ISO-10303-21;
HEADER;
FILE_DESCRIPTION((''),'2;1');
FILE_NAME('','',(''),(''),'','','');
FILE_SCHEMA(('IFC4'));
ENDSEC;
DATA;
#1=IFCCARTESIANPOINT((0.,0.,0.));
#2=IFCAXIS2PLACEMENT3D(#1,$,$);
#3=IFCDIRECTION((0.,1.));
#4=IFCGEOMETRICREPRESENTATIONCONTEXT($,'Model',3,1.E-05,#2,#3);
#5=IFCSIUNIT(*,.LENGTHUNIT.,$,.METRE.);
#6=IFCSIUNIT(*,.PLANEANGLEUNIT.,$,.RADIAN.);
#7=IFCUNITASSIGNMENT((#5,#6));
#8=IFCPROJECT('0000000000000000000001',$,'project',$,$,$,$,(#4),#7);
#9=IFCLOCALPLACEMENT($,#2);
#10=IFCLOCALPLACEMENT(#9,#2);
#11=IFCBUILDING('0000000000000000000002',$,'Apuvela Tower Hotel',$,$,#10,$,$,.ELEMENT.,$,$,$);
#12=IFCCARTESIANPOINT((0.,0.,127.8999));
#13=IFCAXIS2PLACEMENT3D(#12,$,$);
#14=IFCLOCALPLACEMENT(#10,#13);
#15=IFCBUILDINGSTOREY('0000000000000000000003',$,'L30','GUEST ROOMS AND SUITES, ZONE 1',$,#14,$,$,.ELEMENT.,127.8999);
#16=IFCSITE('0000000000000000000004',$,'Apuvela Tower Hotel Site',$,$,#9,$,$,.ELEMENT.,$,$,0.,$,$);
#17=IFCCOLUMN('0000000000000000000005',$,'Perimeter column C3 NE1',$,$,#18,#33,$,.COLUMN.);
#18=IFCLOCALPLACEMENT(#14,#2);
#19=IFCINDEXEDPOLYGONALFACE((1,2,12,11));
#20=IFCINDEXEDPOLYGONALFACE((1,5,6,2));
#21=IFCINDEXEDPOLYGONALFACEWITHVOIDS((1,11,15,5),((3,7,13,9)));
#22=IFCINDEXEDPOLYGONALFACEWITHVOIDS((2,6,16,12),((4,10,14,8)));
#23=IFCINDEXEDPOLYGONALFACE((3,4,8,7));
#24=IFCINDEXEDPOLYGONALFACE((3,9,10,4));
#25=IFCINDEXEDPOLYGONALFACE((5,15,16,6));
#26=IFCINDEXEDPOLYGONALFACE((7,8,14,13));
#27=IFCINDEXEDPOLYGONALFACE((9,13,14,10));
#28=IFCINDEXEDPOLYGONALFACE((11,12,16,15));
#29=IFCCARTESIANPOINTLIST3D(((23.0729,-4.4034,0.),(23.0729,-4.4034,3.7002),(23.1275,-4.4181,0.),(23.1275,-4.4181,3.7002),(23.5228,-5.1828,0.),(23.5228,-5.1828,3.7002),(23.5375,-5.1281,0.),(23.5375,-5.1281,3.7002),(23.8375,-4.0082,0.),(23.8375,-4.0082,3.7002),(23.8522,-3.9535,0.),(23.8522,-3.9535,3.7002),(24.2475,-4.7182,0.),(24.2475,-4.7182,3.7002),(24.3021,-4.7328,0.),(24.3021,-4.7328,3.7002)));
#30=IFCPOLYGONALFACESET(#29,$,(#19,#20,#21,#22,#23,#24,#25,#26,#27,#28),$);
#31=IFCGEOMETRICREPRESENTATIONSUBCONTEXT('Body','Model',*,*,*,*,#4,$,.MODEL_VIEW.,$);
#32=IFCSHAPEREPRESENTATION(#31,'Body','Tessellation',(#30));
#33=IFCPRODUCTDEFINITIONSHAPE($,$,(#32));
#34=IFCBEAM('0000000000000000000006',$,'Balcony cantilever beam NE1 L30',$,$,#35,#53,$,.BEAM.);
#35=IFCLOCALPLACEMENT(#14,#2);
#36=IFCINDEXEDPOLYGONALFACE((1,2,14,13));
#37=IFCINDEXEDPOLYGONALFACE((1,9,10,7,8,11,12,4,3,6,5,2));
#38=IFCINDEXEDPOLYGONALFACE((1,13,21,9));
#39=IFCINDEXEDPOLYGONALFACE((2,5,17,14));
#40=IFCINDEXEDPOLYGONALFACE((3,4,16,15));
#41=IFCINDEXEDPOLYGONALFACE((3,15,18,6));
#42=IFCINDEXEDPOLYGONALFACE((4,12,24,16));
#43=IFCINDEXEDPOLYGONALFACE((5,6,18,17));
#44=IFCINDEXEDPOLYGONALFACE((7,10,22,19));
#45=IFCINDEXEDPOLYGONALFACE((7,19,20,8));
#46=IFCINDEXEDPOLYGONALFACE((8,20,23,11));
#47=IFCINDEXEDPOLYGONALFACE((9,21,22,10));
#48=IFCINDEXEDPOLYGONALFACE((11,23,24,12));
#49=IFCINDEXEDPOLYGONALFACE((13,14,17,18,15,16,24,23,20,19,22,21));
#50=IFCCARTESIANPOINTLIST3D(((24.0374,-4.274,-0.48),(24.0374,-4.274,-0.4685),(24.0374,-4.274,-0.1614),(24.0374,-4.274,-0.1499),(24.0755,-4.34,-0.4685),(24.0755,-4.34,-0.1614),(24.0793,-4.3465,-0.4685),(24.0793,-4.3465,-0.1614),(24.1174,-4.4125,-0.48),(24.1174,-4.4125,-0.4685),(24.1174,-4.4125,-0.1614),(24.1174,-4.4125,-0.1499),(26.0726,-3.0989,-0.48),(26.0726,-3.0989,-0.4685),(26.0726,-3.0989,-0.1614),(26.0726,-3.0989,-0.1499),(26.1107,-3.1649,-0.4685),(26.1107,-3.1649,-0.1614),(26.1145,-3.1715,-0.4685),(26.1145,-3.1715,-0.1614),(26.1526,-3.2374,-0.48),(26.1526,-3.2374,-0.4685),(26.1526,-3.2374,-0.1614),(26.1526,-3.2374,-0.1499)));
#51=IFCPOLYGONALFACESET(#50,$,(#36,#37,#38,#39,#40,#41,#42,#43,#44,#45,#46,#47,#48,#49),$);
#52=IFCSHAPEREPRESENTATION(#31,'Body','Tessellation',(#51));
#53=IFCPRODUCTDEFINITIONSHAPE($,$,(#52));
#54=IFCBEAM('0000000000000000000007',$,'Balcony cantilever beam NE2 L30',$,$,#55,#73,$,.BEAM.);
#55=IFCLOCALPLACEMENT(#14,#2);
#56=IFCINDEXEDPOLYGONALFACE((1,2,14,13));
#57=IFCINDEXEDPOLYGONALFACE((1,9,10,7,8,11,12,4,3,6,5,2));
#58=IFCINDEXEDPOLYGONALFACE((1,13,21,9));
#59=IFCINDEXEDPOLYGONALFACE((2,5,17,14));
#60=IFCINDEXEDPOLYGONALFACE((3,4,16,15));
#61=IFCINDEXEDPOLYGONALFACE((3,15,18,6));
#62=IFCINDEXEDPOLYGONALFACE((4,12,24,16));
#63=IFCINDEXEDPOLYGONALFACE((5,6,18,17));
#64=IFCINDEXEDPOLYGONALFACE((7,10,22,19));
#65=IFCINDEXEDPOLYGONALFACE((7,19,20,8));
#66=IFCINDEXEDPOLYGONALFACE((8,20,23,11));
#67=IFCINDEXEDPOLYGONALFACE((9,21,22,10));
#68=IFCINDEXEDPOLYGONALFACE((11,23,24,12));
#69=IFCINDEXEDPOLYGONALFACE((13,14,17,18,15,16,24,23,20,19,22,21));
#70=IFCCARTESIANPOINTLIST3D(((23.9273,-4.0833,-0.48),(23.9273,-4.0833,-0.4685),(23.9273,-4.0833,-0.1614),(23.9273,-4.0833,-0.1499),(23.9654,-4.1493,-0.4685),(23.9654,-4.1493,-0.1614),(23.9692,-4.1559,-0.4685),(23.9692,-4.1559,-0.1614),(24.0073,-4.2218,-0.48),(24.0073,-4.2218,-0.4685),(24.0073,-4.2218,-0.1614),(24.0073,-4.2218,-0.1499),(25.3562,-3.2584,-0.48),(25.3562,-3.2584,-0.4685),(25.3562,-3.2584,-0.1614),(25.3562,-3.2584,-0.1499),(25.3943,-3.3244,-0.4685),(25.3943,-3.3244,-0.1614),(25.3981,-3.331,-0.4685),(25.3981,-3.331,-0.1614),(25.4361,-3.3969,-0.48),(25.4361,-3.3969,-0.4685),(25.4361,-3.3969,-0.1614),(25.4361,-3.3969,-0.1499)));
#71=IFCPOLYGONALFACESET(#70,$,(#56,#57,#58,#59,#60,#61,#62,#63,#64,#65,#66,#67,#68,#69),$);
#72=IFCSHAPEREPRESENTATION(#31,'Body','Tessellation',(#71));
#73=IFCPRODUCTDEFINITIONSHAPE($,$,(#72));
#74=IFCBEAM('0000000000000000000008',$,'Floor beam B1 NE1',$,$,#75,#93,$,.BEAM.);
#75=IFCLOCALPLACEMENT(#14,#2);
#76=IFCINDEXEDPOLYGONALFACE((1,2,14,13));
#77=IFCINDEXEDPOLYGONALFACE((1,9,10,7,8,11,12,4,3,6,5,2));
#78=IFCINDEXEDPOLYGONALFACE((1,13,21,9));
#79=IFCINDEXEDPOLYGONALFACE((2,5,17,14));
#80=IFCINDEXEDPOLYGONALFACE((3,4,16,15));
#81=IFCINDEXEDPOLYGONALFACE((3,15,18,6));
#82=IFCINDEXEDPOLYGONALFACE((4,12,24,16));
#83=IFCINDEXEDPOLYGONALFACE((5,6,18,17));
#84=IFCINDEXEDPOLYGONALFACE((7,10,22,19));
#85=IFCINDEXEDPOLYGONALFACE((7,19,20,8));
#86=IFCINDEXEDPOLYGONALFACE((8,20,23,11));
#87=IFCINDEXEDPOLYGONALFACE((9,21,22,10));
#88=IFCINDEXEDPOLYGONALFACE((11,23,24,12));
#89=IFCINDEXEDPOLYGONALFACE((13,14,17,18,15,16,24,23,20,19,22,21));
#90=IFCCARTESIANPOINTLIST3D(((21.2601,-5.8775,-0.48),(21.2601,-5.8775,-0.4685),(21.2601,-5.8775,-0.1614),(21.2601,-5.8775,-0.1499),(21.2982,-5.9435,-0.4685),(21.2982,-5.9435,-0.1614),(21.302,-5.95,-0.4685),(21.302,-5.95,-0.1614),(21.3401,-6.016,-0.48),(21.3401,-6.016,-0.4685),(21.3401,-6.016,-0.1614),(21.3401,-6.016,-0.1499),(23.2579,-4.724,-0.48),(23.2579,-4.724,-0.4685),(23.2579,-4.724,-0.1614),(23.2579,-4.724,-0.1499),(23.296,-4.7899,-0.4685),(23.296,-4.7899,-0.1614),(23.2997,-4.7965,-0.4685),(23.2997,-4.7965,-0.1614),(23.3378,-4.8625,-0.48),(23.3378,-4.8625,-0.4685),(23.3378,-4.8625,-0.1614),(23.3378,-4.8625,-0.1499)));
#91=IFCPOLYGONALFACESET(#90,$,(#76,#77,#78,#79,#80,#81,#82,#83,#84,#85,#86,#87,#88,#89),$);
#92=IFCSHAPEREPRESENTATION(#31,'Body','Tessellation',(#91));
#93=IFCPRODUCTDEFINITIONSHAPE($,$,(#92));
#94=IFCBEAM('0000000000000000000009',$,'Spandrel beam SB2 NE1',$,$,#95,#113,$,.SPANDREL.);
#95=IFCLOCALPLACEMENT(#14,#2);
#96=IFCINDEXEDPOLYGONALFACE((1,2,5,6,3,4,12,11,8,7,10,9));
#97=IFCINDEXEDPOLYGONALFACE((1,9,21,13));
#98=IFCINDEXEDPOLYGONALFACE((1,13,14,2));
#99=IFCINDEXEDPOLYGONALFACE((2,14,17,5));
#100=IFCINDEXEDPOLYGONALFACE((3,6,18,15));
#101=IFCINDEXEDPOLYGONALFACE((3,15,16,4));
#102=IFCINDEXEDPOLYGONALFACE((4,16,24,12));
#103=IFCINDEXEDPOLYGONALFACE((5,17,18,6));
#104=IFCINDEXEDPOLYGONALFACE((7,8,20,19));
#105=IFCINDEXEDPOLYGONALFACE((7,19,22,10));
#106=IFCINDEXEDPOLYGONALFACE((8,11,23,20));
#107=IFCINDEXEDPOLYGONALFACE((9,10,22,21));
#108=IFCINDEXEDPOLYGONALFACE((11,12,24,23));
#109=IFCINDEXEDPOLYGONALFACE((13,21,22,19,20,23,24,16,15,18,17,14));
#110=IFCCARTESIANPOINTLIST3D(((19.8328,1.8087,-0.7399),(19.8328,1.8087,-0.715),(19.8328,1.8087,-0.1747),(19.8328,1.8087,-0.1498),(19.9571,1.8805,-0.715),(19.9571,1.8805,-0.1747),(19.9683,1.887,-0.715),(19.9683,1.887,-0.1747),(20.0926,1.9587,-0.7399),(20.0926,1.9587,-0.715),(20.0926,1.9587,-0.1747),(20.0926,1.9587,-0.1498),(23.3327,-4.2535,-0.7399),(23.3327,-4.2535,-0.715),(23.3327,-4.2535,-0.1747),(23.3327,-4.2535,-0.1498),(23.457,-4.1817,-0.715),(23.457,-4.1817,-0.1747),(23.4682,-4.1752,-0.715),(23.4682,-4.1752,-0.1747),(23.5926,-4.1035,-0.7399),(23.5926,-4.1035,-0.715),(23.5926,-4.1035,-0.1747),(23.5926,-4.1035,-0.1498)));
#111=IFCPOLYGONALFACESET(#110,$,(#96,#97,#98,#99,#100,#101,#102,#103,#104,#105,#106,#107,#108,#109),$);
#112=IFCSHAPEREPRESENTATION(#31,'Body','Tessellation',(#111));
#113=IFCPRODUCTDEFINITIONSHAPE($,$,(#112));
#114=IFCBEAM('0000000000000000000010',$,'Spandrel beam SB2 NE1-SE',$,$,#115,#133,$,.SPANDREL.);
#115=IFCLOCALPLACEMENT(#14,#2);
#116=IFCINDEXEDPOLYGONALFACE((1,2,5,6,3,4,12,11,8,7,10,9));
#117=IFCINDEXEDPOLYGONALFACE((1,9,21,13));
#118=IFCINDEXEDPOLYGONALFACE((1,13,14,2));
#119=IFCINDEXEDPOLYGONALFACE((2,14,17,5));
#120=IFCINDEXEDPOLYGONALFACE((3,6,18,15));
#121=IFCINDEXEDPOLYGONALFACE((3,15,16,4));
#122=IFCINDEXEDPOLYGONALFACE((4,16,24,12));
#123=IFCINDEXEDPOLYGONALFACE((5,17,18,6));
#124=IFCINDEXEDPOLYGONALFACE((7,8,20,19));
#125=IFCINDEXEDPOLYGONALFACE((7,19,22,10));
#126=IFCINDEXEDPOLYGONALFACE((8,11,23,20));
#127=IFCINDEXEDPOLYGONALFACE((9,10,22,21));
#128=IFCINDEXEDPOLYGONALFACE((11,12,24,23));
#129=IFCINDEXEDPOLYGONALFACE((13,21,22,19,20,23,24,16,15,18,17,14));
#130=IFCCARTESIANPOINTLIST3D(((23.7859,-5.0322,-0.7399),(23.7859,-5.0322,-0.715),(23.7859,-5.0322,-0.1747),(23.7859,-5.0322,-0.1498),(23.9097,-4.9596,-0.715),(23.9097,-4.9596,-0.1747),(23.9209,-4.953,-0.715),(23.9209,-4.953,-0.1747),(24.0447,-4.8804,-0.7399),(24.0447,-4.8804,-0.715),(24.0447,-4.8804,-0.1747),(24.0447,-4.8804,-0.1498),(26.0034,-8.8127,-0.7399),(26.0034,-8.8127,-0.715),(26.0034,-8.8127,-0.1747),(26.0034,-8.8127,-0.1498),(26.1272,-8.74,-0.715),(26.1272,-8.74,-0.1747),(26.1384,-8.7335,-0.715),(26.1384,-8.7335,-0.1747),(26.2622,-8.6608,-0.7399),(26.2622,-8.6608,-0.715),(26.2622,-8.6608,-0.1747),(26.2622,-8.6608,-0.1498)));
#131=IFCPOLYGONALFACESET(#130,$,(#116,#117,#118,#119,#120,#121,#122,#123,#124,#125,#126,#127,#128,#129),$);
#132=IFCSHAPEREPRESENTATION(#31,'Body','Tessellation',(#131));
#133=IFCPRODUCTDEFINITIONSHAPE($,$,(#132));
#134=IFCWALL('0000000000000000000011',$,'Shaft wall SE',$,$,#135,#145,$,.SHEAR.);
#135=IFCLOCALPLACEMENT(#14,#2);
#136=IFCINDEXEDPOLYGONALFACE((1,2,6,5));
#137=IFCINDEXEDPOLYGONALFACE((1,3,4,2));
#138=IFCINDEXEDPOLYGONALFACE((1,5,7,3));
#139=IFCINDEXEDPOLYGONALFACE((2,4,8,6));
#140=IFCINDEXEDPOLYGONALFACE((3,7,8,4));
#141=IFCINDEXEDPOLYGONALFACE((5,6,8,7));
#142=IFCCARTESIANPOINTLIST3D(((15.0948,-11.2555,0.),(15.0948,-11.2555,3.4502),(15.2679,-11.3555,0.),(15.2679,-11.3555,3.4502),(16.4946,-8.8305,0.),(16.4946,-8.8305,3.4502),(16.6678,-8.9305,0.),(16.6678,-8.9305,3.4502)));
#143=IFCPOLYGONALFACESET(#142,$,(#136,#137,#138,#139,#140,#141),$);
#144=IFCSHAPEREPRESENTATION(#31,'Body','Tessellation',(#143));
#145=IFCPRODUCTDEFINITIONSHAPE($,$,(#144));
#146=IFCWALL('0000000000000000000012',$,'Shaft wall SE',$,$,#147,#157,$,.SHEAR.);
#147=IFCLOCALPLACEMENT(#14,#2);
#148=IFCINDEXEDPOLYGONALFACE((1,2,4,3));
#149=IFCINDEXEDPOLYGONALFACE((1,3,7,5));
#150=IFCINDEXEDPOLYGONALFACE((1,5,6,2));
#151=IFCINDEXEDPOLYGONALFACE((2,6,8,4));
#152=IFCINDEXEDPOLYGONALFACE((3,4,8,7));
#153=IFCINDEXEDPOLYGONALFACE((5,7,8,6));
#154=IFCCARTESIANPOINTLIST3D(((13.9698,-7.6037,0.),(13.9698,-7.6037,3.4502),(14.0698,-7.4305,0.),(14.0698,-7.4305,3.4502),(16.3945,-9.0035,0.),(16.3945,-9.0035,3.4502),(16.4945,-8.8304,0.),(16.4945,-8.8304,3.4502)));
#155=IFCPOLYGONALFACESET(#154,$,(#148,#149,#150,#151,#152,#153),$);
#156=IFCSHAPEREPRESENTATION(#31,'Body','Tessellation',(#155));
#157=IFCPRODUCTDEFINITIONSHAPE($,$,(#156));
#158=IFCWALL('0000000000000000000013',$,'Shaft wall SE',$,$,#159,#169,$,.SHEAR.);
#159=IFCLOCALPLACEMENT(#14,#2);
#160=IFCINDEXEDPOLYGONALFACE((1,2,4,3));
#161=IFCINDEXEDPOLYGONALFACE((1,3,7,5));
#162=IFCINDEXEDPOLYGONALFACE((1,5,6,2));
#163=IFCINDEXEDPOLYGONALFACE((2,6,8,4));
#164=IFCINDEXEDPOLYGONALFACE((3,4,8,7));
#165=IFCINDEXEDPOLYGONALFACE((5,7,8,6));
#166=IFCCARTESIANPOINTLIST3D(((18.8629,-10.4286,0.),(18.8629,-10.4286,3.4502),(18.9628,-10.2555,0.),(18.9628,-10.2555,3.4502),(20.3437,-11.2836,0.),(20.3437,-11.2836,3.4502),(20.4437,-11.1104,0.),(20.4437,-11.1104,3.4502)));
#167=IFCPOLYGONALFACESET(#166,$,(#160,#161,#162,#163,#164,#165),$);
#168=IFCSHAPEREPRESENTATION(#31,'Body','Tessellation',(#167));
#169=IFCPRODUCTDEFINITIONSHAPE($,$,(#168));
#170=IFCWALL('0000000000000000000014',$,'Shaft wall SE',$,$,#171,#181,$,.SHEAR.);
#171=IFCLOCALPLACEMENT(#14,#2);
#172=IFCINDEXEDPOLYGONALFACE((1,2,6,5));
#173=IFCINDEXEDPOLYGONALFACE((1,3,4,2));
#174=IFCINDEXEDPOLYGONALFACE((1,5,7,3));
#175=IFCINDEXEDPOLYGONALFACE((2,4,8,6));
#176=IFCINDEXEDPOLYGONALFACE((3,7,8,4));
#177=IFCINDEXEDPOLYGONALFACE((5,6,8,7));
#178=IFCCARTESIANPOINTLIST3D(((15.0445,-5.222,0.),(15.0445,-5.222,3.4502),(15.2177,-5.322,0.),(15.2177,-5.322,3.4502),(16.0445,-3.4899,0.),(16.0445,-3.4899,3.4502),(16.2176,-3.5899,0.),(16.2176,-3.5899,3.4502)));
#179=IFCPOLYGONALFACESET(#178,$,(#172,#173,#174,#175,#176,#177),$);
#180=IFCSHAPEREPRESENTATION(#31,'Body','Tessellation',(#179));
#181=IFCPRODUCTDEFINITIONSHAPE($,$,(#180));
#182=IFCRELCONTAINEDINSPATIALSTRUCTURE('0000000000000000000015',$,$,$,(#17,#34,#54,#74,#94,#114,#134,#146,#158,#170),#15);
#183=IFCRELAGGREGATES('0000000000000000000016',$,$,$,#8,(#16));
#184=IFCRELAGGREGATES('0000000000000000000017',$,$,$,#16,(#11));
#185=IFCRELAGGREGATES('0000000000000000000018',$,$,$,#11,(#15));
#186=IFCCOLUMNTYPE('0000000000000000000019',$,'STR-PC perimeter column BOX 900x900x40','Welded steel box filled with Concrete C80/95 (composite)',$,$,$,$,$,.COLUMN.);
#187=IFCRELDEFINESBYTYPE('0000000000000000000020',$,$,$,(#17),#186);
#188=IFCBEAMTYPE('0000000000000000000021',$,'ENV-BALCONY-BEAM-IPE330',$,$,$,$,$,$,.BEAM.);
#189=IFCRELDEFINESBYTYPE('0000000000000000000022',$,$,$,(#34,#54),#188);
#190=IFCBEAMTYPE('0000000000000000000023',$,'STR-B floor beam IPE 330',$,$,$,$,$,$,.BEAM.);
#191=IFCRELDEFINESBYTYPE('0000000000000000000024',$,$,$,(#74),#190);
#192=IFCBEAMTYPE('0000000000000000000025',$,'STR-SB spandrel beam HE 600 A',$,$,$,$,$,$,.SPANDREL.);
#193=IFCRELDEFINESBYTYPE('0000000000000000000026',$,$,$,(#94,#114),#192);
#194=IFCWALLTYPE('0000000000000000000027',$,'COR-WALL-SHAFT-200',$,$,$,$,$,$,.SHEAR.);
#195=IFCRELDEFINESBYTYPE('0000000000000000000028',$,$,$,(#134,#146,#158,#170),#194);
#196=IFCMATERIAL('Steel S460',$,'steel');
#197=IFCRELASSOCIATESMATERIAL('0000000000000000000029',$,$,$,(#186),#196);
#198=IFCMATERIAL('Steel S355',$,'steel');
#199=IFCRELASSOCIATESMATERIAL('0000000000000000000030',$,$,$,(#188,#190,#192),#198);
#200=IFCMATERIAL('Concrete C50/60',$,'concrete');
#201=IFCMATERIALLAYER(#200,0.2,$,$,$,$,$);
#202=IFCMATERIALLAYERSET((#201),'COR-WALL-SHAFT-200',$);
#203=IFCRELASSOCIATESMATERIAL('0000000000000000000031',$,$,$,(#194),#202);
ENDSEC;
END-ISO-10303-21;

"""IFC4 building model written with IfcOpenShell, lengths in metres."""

from ifc_helpers import new_model, si_unit, direction, frame, frame_2d, origin, origin_2d, place, context, subcontext, project, spatial, rectangle, hollow_rectangle, i_section, extrude, material, layer, layer_set, material_profile, profile_set, type_object, element, save


model = new_model("IFC4")

# Units and contexts
model_context = context("Model", 3, precision=1e-05, world=origin(), true_north=direction((0.0, 1.0)))
body_context = subcontext(model_context, "Body", "Model", "MODEL_VIEW")
ifc_project = project(units=[si_unit("LENGTHUNIT", "METRE"), si_unit("PLANEANGLEUNIT", "RADIAN")], contexts=[model_context])

# Site, building, storey
site_placement = place(None, origin())
site = spatial("IfcSite", under=ifc_project, at=site_placement, Name="Apuvela Tower Hotel Site", CompositionType="ELEMENT", RefElevation=0.0)
building_placement = place(site_placement, origin())
building = spatial("IfcBuilding", under=site, at=building_placement, Name="Apuvela Tower Hotel", CompositionType="ELEMENT")
storey_placement = place(building_placement, frame((0.0, 0.0, 127.8999)))
storey = spatial("IfcBuildingStorey", under=building, at=storey_placement, Name="L30", Description="GUEST ROOMS AND SUITES, ZONE 1", CompositionType="ELEMENT", Elevation=127.8999)

# Column
ifc_material_1 = material(Name="Steel S460", Category="steel")
ifc_material_profile_1 = material_profile(ifc_material_1, hollow_rectangle(XDim=0.8999, YDim=0.8999, WallThickness=0.04, at=origin_2d()), Name="BOX 900x900x40")
ifc_material_2 = material(Name="Concrete C80/95", Category="concrete")
ifc_material_profile_2 = material_profile(ifc_material_2, rectangle(XDim=0.8201, YDim=0.8201, at=origin_2d()), Name="Concrete C80/95 infill")
ifc_profile_set_1 = profile_set([ifc_material_profile_1, ifc_material_profile_2], Name="Steel S460")
column_type = type_object("IfcColumnType", Name="STR-PC perimeter column BOX 900x900x40", Description="Welded steel box filled with Concrete C80/95 (composite)", PredefinedType="COLUMN", material=ifc_profile_set_1)
column_placement = place(storey_placement, frame((23.6875, -4.5681, 0.0), z_axis=(0.0, 0.0, 1.0), x_axis=(-0.5, 0.866025, 0.0)))
element("IfcColumn", 1, at=column_placement, inside=storey, type_object=column_type, Name="Perimeter column C3 NE1", PredefinedType="COLUMN", context=body_context, shape_type="SweptSolid", body=[
    extrude(hollow_rectangle(XDim=0.8999, YDim=0.8999, WallThickness=0.04, at=origin_2d()), origin(), (0.0, 0.0, 1.0), 3.7002),
])

# Beams
ifc_material_3 = material(Name="Steel S355", Category="steel")
ifc_material_profile_3 = material_profile(ifc_material_3, i_section(OverallWidth=0.1599, OverallDepth=0.3301, WebThickness=0.0076, FlangeThickness=0.0115, at=origin_2d()), Name="IPE 330")
ifc_profile_set_2 = profile_set([ifc_material_profile_3], Name="Steel S355")
beam_type_1 = type_object("IfcBeamType", Name="ENV-BALCONY-BEAM-IPE330", PredefinedType="BEAM", material=ifc_profile_set_2)
beam_1_placement = place(storey_placement, frame((24.0774, -4.3433, -0.3149), z_axis=(0.866016, 0.500016, 0.0), x_axis=(-0.500016, 0.866016, 0.0)))
element("IfcBeam", 2, at=beam_1_placement, inside=storey, type_object=beam_type_1, Name="Balcony cantilever beam NE1 L30", PredefinedType="BEAM", context=body_context, shape_type="SweptSolid", body=[
    extrude(i_section(OverallWidth=0.1599, OverallDepth=0.3301, WebThickness=0.0076, FlangeThickness=0.0115, at=origin_2d()), origin(), (0.0, 0.0, 1.0), 2.3501),
])
beam_2_placement = place(storey_placement, frame((23.9673, -4.1526, -0.3149), z_axis=(0.86604, 0.499974, 0.0), x_axis=(-0.499974, 0.86604, 0.0)))
element("IfcBeam", 3, at=beam_2_placement, inside=storey, type_object=beam_type_1, Name="Balcony cantilever beam NE2 L30", PredefinedType="BEAM", context=body_context, shape_type="SweptSolid", body=[
    extrude(i_section(OverallWidth=0.1599, OverallDepth=0.3301, WebThickness=0.0076, FlangeThickness=0.0115, at=origin_2d()), origin(), (0.0, 0.0, 1.0), 1.6499),
])
ifc_material_profile_4 = material_profile(ifc_material_3, i_section(OverallWidth=0.1599, OverallDepth=0.3301, WebThickness=0.0076, FlangeThickness=0.0115, at=origin_2d()), Name="IPE 330")
ifc_profile_set_3 = profile_set([ifc_material_profile_4], Name="Steel S355")
beam_type_2 = type_object("IfcBeamType", Name="STR-B floor beam IPE 330", PredefinedType="BEAM", material=ifc_profile_set_3)
beam_3_placement = place(storey_placement, frame((23.2979, -4.7932, -0.3149), z_axis=(-0.866001, -0.500043, 0.0), x_axis=(0.500043, -0.866001, 0.0)))
element("IfcBeam", 4, at=beam_3_placement, inside=storey, type_object=beam_type_2, Name="Floor beam B1 NE1", PredefinedType="BEAM", context=body_context, shape_type="SweptSolid", body=[
    extrude(i_section(OverallWidth=0.1599, OverallDepth=0.3301, WebThickness=0.0076, FlangeThickness=0.0115, at=origin_2d()), origin(), (0.0, 0.0, 1.0), 2.3069),
])
ifc_material_profile_5 = material_profile(ifc_material_3, i_section(OverallWidth=0.3, OverallDepth=0.5901, WebThickness=0.0129, FlangeThickness=0.0249, at=origin_2d()), Name="HE 600 A")
ifc_profile_set_4 = profile_set([ifc_material_profile_5], Name="Steel S355")
beam_type_3 = type_object("IfcBeamType", Name="STR-SB spandrel beam HE 600 A", PredefinedType="SPANDREL", material=ifc_profile_set_4)
beam_4_placement = place(storey_placement, frame((23.4626, -4.1785, -0.4448), z_axis=(-0.499995, 0.866028, 0.0), x_axis=(-0.866028, -0.499995, 0.0)))
element("IfcBeam", 5, at=beam_4_placement, inside=storey, type_object=beam_type_3, Name="Spandrel beam SB2 NE1", PredefinedType="SPANDREL", context=body_context, shape_type="SweptSolid", body=[
    extrude(i_section(OverallWidth=0.3, OverallDepth=0.5901, WebThickness=0.0129, FlangeThickness=0.0249, at=origin_2d()), origin(), (0.0, 0.0, 1.0), 7.0),
])
beam_5_placement = place(storey_placement, frame((23.9153, -4.9563, -0.4448), z_axis=(0.505951, -0.862562, 0.0), x_axis=(0.862562, 0.505951, 0.0)))
element("IfcBeam", 6, at=beam_5_placement, inside=storey, type_object=beam_type_3, Name="Spandrel beam SB2 NE1-SE", PredefinedType="SPANDREL", context=body_context, shape_type="SweptSolid", body=[
    extrude(i_section(OverallWidth=0.3, OverallDepth=0.5901, WebThickness=0.0129, FlangeThickness=0.0249, at=origin_2d()), origin(), (0.0, 0.0, 1.0), 4.3828),
])

# Walls
ifc_material_4 = material(Name="Concrete C50/60", Category="concrete")
ifc_layer_1 = layer(ifc_material_4, 0.2)
ifc_layer_set_1 = layer_set([ifc_layer_1], Name="COR-WALL-SHAFT-200")
wall_type_1 = type_object("IfcWallType", Name="COR-WALL-SHAFT-200", PredefinedType="SHEAR", material=ifc_layer_set_1)
wall_1_placement = place(storey_placement, frame((15.1814, -11.3054, 0.0), z_axis=(0.0, 0.0, 1.0), x_axis=(0.499946, 0.866056, 0.0)))
element("IfcWall", 7, at=wall_1_placement, inside=storey, type_object=wall_type_1, Name="Shaft wall SE", PredefinedType="SHEAR", context=body_context, shape_type="SweptSolid", body=[
    extrude(rectangle(XDim=2.8, YDim=0.2, at=frame_2d((1.3999, 0.0))), origin(), (0.0, 0.0, 1.0), 3.4502),
])
wall_2_placement = place(storey_placement, frame((14.0198, -7.5171, 0.0), z_axis=(0.0, 0.0, 1.0), x_axis=(0.866035, -0.499984, 0.0)))
element("IfcWall", 8, at=wall_2_placement, inside=storey, type_object=wall_type_1, Name="Shaft wall SE", PredefinedType="SHEAR", context=body_context, shape_type="SweptSolid", body=[
    extrude(rectangle(XDim=2.7998, YDim=0.2, at=frame_2d((1.3999, 0.0))), origin(), (0.0, 0.0, 1.0), 3.4502),
])
wall_3_placement = place(storey_placement, frame((18.9128, -10.342, 0.0), z_axis=(0.0, 0.0, 1.0), x_axis=(0.866038, -0.499978, 0.0)))
element("IfcWall", 9, at=wall_3_placement, inside=storey, type_object=wall_type_1, Name="Shaft wall SE", PredefinedType="SHEAR", context=body_context, shape_type="SweptSolid", body=[
    extrude(rectangle(XDim=1.71, YDim=0.2, at=frame_2d((0.855, 0.0))), origin(), (0.0, 0.0, 1.0), 3.4502),
])
for number, where, z_axis, x_axis, name in (
    (10, (15.1311, -5.272, 0.0), (0.0, 0.0, 1.0), (0.499973, 0.866041, 0.0), "Shaft wall SE"),
):
    element("IfcWall", number, at=place(storey_placement, frame(where, z_axis=z_axis, x_axis=x_axis)), inside=storey, type_object=wall_type_1, Name=name, PredefinedType="SHEAR", context=body_context, shape_type="SweptSolid", body=[
        extrude(rectangle(XDim=2.0, YDim=0.2, at=frame_2d((1.0, 0.0))), origin(), (0.0, 0.0, 1.0), 3.4502),
    ])

save(model, "model.ifc")
